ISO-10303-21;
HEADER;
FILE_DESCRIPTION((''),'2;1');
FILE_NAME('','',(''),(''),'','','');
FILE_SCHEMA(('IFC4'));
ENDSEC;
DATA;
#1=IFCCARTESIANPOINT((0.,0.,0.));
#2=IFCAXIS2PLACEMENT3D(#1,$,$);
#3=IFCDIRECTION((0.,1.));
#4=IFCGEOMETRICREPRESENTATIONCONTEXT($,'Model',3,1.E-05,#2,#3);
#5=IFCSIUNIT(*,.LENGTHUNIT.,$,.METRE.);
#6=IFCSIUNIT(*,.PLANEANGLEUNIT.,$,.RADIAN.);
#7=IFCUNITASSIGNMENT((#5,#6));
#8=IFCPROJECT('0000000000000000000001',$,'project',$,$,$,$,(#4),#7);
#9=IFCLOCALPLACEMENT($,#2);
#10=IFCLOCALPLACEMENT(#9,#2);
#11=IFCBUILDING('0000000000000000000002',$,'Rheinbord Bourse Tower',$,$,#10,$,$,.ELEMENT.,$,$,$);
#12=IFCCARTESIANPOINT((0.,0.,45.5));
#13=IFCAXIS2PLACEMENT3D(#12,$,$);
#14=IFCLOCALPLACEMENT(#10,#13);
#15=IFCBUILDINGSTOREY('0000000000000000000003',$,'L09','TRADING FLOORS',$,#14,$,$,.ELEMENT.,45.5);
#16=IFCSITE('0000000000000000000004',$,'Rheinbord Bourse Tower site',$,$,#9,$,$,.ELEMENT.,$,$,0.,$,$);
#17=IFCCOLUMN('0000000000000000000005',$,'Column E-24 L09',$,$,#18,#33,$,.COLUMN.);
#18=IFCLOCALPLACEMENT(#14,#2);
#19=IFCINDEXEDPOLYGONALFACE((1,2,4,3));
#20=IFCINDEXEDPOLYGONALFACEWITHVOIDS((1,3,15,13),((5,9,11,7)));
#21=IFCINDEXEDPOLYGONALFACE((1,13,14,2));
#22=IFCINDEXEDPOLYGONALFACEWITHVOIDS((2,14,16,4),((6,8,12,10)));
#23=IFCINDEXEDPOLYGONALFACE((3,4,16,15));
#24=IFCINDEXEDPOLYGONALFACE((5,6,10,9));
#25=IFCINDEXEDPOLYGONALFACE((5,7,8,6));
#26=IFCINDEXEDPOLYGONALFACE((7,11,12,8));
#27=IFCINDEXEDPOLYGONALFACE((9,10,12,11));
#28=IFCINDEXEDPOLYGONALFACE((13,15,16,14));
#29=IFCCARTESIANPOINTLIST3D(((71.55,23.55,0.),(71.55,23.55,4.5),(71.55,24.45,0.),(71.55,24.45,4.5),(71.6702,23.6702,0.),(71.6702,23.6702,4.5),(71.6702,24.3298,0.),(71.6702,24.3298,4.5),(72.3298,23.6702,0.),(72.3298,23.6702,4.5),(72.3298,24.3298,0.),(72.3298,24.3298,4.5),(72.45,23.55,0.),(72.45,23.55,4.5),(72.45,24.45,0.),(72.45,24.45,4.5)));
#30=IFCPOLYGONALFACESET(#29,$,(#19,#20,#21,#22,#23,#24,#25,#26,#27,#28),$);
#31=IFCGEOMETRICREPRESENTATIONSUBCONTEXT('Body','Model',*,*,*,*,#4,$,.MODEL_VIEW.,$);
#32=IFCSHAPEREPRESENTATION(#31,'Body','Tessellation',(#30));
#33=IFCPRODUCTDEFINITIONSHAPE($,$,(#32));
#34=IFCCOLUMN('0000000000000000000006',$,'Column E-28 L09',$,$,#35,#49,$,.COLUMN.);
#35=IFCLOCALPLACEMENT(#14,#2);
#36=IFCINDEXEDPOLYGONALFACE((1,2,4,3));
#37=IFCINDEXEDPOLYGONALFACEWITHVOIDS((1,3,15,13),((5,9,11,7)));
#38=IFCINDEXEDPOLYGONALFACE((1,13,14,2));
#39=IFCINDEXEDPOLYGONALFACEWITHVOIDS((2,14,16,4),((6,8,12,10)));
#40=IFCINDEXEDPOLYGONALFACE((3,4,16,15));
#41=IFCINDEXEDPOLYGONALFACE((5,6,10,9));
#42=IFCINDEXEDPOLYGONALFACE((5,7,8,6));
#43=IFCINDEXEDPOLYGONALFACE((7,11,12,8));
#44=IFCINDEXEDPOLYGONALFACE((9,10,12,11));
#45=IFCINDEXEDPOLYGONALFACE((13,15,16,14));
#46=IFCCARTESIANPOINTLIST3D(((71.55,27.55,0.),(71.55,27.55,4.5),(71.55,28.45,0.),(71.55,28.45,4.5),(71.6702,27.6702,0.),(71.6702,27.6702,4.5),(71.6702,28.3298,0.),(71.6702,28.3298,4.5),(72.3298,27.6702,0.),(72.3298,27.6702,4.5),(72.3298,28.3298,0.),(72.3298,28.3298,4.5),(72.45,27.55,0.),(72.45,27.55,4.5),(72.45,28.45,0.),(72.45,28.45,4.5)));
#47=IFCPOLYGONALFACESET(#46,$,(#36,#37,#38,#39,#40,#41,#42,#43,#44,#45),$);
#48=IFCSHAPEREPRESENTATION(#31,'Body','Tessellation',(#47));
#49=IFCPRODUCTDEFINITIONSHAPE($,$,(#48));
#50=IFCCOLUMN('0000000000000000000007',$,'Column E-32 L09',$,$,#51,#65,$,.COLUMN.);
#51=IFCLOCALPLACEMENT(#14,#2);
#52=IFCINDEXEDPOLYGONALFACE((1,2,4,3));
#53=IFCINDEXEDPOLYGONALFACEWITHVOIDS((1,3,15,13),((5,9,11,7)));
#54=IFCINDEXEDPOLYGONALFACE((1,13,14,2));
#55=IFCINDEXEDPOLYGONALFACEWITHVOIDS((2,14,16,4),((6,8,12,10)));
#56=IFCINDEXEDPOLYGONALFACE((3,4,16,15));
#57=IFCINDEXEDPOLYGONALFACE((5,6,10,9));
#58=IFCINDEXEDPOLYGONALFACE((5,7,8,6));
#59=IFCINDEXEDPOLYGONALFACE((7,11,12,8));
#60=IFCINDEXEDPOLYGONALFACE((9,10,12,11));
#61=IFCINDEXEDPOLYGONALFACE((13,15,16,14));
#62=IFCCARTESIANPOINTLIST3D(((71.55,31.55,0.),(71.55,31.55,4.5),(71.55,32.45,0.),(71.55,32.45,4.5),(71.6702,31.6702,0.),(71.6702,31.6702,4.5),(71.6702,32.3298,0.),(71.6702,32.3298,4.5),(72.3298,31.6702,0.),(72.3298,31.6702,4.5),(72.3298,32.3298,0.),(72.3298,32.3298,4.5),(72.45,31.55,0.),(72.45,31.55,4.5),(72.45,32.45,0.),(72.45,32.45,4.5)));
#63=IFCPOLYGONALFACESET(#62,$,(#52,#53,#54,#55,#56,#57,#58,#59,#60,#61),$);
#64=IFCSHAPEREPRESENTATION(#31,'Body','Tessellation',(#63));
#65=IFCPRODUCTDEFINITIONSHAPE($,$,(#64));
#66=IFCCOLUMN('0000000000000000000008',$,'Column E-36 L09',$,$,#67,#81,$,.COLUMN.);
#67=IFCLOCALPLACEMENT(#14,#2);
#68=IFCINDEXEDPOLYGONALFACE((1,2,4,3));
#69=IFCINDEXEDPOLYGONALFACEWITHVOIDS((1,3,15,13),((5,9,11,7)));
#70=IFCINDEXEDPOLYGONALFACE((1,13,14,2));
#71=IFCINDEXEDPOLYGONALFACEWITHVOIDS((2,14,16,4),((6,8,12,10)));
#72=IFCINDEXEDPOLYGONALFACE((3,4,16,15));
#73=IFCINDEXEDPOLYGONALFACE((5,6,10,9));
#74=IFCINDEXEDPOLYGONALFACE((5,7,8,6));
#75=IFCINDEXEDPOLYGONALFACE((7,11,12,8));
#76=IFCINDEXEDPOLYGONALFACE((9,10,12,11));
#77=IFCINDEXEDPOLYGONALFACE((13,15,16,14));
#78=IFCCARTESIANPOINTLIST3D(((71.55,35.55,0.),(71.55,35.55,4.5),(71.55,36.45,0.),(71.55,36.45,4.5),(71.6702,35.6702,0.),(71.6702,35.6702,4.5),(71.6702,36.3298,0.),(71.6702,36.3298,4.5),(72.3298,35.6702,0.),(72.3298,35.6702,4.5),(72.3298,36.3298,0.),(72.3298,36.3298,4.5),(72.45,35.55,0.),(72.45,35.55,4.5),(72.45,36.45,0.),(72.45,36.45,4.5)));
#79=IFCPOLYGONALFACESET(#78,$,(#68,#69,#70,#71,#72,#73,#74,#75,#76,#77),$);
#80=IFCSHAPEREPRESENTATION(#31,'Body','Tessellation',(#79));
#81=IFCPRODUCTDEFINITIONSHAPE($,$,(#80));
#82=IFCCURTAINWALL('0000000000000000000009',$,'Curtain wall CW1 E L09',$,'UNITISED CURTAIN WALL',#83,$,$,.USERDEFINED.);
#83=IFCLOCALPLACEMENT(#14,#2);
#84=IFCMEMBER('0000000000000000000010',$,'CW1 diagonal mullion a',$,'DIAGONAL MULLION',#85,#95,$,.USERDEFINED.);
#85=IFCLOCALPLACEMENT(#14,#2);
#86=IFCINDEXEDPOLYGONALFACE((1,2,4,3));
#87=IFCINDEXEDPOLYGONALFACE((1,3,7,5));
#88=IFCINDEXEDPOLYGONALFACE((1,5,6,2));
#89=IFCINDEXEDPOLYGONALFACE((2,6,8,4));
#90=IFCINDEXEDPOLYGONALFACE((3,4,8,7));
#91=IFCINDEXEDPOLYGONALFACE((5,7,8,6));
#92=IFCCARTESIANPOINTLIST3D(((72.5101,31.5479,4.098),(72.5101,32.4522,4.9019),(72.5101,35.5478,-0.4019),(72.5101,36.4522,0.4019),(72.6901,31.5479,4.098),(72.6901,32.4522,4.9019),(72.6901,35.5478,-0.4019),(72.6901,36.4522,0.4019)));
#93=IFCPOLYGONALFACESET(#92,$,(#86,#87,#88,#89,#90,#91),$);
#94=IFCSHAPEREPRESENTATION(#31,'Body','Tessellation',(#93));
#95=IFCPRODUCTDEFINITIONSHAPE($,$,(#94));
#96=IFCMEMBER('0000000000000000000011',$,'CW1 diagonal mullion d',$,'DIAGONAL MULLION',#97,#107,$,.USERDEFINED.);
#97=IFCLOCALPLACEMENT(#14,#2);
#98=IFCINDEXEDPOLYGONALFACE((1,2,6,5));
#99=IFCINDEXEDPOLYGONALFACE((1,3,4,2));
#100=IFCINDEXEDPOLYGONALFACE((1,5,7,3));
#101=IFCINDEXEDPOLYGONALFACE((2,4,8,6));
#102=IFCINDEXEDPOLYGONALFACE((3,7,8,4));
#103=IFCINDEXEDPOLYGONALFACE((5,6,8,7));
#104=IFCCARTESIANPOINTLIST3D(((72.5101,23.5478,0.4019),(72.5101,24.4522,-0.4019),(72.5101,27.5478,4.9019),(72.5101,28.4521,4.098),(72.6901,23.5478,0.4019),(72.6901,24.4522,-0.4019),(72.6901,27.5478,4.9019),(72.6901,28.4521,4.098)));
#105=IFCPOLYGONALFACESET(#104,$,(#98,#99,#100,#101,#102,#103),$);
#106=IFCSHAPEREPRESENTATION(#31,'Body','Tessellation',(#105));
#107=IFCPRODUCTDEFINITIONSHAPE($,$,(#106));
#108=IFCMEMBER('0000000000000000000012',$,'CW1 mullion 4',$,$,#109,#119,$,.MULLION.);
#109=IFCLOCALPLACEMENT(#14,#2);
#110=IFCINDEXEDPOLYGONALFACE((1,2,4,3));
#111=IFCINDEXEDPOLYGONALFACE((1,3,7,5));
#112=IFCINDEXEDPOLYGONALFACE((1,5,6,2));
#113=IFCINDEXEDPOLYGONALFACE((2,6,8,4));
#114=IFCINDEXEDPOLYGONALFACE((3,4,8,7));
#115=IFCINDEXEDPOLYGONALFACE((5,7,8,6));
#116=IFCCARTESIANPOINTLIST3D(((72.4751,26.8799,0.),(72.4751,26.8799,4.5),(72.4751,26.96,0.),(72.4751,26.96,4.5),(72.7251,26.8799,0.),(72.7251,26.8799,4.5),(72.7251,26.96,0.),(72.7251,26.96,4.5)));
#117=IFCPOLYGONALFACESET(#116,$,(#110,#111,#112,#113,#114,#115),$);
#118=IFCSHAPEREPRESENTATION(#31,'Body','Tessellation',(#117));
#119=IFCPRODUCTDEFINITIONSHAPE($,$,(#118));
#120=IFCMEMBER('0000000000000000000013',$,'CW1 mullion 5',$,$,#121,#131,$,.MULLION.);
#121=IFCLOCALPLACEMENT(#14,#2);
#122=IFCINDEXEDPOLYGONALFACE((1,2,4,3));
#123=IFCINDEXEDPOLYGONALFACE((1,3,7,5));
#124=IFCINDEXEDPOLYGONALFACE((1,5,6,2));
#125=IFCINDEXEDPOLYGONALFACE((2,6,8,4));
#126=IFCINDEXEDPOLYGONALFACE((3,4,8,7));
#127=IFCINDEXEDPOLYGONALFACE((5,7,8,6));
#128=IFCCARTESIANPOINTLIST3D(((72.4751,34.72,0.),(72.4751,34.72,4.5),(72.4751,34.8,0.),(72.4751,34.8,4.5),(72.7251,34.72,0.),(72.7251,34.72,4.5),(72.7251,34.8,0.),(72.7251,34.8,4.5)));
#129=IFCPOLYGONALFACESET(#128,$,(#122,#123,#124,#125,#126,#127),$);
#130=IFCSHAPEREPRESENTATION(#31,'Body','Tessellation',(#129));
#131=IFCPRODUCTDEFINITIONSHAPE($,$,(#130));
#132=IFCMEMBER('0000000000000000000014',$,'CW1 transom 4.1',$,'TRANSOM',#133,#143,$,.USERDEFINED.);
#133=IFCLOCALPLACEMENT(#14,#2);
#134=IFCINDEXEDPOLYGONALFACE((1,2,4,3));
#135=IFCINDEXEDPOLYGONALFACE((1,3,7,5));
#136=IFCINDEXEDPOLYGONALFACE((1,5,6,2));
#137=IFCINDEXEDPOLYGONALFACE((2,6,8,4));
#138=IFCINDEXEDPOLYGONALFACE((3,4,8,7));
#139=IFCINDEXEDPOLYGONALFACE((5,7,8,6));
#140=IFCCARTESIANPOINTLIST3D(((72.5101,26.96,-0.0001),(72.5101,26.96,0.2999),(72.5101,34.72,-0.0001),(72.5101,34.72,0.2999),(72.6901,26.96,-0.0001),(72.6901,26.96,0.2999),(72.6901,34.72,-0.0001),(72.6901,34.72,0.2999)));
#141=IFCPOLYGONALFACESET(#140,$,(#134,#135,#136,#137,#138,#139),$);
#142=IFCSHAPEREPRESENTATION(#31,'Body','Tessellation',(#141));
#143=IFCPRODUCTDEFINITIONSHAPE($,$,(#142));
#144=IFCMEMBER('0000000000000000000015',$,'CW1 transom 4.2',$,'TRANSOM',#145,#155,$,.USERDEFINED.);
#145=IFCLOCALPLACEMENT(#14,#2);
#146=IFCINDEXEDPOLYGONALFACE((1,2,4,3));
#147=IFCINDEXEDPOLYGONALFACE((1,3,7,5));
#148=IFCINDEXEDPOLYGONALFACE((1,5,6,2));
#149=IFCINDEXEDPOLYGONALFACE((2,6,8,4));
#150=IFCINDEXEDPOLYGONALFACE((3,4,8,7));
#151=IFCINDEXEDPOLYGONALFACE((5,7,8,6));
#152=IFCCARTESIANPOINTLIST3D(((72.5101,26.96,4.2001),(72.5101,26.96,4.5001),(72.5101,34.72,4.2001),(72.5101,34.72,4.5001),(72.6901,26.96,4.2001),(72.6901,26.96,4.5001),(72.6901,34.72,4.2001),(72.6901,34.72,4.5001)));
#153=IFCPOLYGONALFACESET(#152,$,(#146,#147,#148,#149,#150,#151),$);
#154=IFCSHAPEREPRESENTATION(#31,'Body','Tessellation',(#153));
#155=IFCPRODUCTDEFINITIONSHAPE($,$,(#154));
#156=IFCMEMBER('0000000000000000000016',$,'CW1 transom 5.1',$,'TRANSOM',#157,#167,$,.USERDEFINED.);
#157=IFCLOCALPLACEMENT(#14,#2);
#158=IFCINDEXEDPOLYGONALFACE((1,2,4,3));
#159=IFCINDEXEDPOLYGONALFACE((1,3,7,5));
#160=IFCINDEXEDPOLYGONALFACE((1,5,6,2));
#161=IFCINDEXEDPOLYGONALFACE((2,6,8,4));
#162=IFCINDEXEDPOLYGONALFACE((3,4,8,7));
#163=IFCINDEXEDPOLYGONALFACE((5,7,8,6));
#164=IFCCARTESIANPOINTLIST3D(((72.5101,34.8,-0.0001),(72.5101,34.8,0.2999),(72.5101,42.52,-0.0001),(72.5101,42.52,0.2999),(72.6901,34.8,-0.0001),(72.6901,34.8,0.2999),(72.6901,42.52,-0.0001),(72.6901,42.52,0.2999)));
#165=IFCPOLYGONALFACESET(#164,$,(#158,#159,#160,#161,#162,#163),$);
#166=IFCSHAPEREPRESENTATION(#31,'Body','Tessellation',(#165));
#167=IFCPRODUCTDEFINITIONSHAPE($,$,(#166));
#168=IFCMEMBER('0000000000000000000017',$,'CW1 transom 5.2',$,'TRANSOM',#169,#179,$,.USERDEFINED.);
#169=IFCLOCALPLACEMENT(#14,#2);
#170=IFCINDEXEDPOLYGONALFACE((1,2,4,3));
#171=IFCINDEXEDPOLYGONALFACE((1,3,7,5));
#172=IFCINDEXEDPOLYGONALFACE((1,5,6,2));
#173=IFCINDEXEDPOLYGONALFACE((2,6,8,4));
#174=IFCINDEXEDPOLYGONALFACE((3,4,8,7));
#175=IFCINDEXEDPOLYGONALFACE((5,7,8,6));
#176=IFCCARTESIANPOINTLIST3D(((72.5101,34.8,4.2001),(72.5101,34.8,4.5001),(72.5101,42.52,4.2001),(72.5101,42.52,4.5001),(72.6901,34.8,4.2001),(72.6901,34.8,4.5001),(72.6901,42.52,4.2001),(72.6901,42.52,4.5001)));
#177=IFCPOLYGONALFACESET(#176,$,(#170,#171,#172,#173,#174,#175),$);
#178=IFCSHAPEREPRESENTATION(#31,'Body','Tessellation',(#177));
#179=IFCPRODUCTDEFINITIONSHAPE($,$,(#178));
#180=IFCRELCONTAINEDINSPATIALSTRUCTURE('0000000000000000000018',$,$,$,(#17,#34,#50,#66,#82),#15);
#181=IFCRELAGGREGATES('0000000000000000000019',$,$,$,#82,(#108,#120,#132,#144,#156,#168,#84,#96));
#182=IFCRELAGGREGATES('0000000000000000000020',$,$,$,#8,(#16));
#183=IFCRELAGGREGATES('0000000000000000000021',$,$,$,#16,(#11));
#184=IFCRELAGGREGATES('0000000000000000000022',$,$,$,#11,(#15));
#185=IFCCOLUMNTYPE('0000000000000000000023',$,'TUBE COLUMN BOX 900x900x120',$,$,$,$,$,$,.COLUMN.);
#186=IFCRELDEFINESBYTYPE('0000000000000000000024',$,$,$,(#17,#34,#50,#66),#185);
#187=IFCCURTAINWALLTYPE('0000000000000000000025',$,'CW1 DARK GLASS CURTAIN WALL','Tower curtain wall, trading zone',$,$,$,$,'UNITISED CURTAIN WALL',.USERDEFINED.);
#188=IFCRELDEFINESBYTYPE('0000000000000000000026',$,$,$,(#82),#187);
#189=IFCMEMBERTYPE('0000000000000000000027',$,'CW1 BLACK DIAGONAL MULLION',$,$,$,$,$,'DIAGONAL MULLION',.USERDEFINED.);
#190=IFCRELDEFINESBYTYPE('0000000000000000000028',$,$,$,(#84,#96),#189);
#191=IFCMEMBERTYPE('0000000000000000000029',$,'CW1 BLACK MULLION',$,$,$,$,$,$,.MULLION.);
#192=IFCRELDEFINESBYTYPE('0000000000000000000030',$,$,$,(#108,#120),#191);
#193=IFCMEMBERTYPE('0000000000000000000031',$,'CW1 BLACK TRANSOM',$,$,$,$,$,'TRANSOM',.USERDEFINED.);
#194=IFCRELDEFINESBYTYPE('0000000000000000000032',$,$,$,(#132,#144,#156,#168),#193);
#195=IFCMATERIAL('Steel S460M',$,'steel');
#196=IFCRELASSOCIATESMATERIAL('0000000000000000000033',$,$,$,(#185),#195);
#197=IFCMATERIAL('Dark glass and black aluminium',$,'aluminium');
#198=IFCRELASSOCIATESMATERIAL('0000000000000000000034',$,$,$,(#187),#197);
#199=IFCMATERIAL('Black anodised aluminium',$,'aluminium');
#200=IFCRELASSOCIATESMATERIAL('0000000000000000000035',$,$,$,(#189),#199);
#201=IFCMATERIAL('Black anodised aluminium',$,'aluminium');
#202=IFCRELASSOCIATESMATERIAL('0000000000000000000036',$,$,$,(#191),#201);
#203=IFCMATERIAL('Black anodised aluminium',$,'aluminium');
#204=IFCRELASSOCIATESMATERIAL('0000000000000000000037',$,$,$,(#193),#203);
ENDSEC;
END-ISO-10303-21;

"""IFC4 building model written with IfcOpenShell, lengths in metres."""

from ifc_helpers import new_model, si_unit, direction, frame, origin, origin_2d, place, context, subcontext, project, spatial, rectangle, hollow_rectangle, extrude, material, material_profile, profile_set, type_object, element, aggregate, save


model = new_model("IFC4")

# Units and contexts
model_context = context("Model", 3, precision=1e-05, world=origin(), true_north=direction((0.0, 1.0)))
body_context = subcontext(model_context, "Body", "Model", "MODEL_VIEW")
ifc_project = project(units=[si_unit("LENGTHUNIT", "METRE"), si_unit("PLANEANGLEUNIT", "RADIAN")], contexts=[model_context])

# Site, building, storey
site_placement = place(None, origin())
site = spatial("IfcSite", under=ifc_project, at=site_placement, Name="Rheinbord Bourse Tower site", CompositionType="ELEMENT", RefElevation=0.0)
building_placement = place(site_placement, origin())
building = spatial("IfcBuilding", under=site, at=building_placement, Name="Rheinbord Bourse Tower", CompositionType="ELEMENT")
storey_placement = place(building_placement, frame((0.0, 0.0, 45.5)))
storey = spatial("IfcBuildingStorey", under=building, at=storey_placement, Name="L09", Description="TRADING FLOORS", CompositionType="ELEMENT", Elevation=45.5)

# Columns
ifc_material_1 = material(Name="Steel S460M", Category="steel")
ifc_material_profile_1 = material_profile(ifc_material_1, hollow_rectangle(XDim=0.8999, YDim=0.8999, WallThickness=0.1201, at=origin_2d()), Name="BOX 900x900x120")
ifc_profile_set_1 = profile_set([ifc_material_profile_1], Name="Steel S460M")
column_type = type_object("IfcColumnType", Name="TUBE COLUMN BOX 900x900x120", PredefinedType="COLUMN", material=ifc_profile_set_1)
for number, where, z_axis, x_axis, name in (
    (1, (72.0, 24.0, 0.0), (0.0, 0.0, 1.0), (1.0, 0.0, 0.0), "Column E-24 L09"),
    (2, (72.0, 28.0, 0.0), (0.0, 0.0, 1.0), (1.0, 0.0, 0.0), "Column E-28 L09"),
    (3, (72.0, 32.0, 0.0), (0.0, 0.0, 1.0), (1.0, 0.0, 0.0), "Column E-32 L09"),
    (4, (72.0, 36.0, 0.0), (0.0, 0.0, 1.0), (1.0, 0.0, 0.0), "Column E-36 L09"),
):
    element("IfcColumn", number, at=place(storey_placement, frame(where, z_axis=z_axis, x_axis=x_axis)), inside=storey, type_object=column_type, Name=name, PredefinedType="COLUMN", context=body_context, shape_type="SweptSolid", body=[
        extrude(hollow_rectangle(XDim=0.8999, YDim=0.8999, WallThickness=0.1201, at=origin_2d()), origin(), (0.0, 0.0, 1.0), 4.5),
    ])

# Curtain wall, members
ifc_material_2 = material(Name="Dark glass and black aluminium", Category="aluminium")
curtain_wall_type = type_object("IfcCurtainWallType", Name="CW1 DARK GLASS CURTAIN WALL", Description="Tower curtain wall, trading zone", ElementType="UNITISED CURTAIN WALL", PredefinedType="USERDEFINED", material=ifc_material_2)
curtain_wall_placement = place(storey_placement, origin())
curtain_wall = element("IfcCurtainWall", 5, at=curtain_wall_placement, inside=storey, type_object=curtain_wall_type, Name="Curtain wall CW1 E L09", ObjectType="UNITISED CURTAIN WALL", PredefinedType="USERDEFINED")
ifc_material_3 = material(Name="Black anodised aluminium", Category="aluminium")
ifc_material_profile_2 = material_profile(ifc_material_3, rectangle(XDim=0.1799, YDim=1.21, at=origin_2d()), Name="CW1 DIAGONAL MULLION 1210x180")
ifc_profile_set_2 = profile_set([ifc_material_profile_2], Name="Black anodised aluminium")
member_type_1 = type_object("IfcMemberType", Name="CW1 BLACK DIAGONAL MULLION", ElementType="DIAGONAL MULLION", PredefinedType="USERDEFINED", material=ifc_profile_set_2)
member_1_placement = place(storey_placement, frame((72.6001, 36.0, 0.0), z_axis=(0.0, -0.664364, 0.747409), x_axis=(1.0, 0.0, 0.0)))
member_1 = element("IfcMember", 6, at=member_1_placement, type_object=member_type_1, Name="CW1 diagonal mullion a", ObjectType="DIAGONAL MULLION", PredefinedType="USERDEFINED", context=body_context, shape_type="SweptSolid", body=[
    extrude(rectangle(XDim=0.1799, YDim=1.21, at=origin_2d()), origin(), (0.0, 0.0, 1.0), 6.0208),
])
member_2_placement = place(storey_placement, frame((72.6001, 24.0, 0.0), z_axis=(0.0, 0.664364, 0.747409), x_axis=(-1.0, 0.0, 0.0)))
member_2 = element("IfcMember", 7, at=member_2_placement, type_object=member_type_1, Name="CW1 diagonal mullion d", ObjectType="DIAGONAL MULLION", PredefinedType="USERDEFINED", context=body_context, shape_type="SweptSolid", body=[
    extrude(rectangle(XDim=0.1799, YDim=1.21, at=origin_2d()), origin(), (0.0, 0.0, 1.0), 6.0208),
])
ifc_material_4 = material(Name="Black anodised aluminium", Category="aluminium")
ifc_material_profile_3 = material_profile(ifc_material_4, rectangle(XDim=0.25, YDim=0.0801, at=origin_2d()), Name="CW1 MULLION 80x250")
ifc_profile_set_3 = profile_set([ifc_material_profile_3], Name="Black anodised aluminium")
member_type_2 = type_object("IfcMemberType", Name="CW1 BLACK MULLION", PredefinedType="MULLION", material=ifc_profile_set_3)
member_3_placement = place(storey_placement, frame((72.6001, 26.9199, 0.0), z_axis=(0.0, 0.0, 1.0), x_axis=(-1.0, 0.0, 0.0)))
member_3 = element("IfcMember", 8, at=member_3_placement, type_object=member_type_2, Name="CW1 mullion 4", PredefinedType="MULLION", context=body_context, shape_type="SweptSolid", body=[
    extrude(rectangle(XDim=0.25, YDim=0.0801, at=origin_2d()), origin(), (0.0, 0.0, 1.0), 4.5),
])
member_4_placement = place(storey_placement, frame((72.6001, 34.76, 0.0), z_axis=(0.0, 0.0, 1.0), x_axis=(-1.0, 0.0, 0.0)))
member_4 = element("IfcMember", 9, at=member_4_placement, type_object=member_type_2, Name="CW1 mullion 5", PredefinedType="MULLION", context=body_context, shape_type="SweptSolid", body=[
    extrude(rectangle(XDim=0.25, YDim=0.0801, at=origin_2d()), origin(), (0.0, 0.0, 1.0), 4.5),
])
ifc_material_5 = material(Name="Black anodised aluminium", Category="aluminium")
ifc_material_profile_4 = material_profile(ifc_material_5, rectangle(XDim=0.1799, YDim=0.3, at=origin_2d()), Name="CW1 TRANSOM 300x180")
ifc_profile_set_4 = profile_set([ifc_material_profile_4], Name="Black anodised aluminium")
member_type_3 = type_object("IfcMemberType", Name="CW1 BLACK TRANSOM", ElementType="TRANSOM", PredefinedType="USERDEFINED", material=ifc_profile_set_4)
member_5_placement = place(storey_placement, frame((72.6001, 26.96, 0.1499), z_axis=(0.0, 1.0, 0.0), x_axis=(-1.0, 0.0, 0.0)))
member_5 = element("IfcMember", 10, at=member_5_placement, type_object=member_type_3, Name="CW1 transom 4.1", ObjectType="TRANSOM", PredefinedType="USERDEFINED", context=body_context, shape_type="SweptSolid", body=[
    extrude(rectangle(XDim=0.1799, YDim=0.3, at=origin_2d()), origin(), (0.0, 0.0, 1.0), 7.76),
])
member_6_placement = place(storey_placement, frame((72.6001, 26.96, 4.3501), z_axis=(0.0, 1.0, 0.0), x_axis=(-1.0, 0.0, 0.0)))
member_6 = element("IfcMember", 11, at=member_6_placement, type_object=member_type_3, Name="CW1 transom 4.2", ObjectType="TRANSOM", PredefinedType="USERDEFINED", context=body_context, shape_type="SweptSolid", body=[
    extrude(rectangle(XDim=0.1799, YDim=0.3, at=origin_2d()), origin(), (0.0, 0.0, 1.0), 7.76),
])
member_7_placement = place(storey_placement, frame((72.6001, 34.8, 0.1499), z_axis=(0.0, 1.0, 0.0), x_axis=(-1.0, 0.0, 0.0)))
member_7 = element("IfcMember", 12, at=member_7_placement, type_object=member_type_3, Name="CW1 transom 5.1", ObjectType="TRANSOM", PredefinedType="USERDEFINED", context=body_context, shape_type="SweptSolid", body=[
    extrude(rectangle(XDim=0.1799, YDim=0.3, at=origin_2d()), origin(), (0.0, 0.0, 1.0), 7.72),
])
member_8_placement = place(storey_placement, frame((72.6001, 34.8, 4.3501), z_axis=(0.0, 1.0, 0.0), x_axis=(-1.0, 0.0, 0.0)))
member_8 = element("IfcMember", 13, at=member_8_placement, type_object=member_type_3, Name="CW1 transom 5.2", ObjectType="TRANSOM", PredefinedType="USERDEFINED", context=body_context, shape_type="SweptSolid", body=[
    extrude(rectangle(XDim=0.1799, YDim=0.3, at=origin_2d()), origin(), (0.0, 0.0, 1.0), 7.72),
])

aggregate(curtain_wall, [member_3, member_4, member_5, member_6, member_7, member_8, member_1, member_2])

save(model, "model.ifc")
